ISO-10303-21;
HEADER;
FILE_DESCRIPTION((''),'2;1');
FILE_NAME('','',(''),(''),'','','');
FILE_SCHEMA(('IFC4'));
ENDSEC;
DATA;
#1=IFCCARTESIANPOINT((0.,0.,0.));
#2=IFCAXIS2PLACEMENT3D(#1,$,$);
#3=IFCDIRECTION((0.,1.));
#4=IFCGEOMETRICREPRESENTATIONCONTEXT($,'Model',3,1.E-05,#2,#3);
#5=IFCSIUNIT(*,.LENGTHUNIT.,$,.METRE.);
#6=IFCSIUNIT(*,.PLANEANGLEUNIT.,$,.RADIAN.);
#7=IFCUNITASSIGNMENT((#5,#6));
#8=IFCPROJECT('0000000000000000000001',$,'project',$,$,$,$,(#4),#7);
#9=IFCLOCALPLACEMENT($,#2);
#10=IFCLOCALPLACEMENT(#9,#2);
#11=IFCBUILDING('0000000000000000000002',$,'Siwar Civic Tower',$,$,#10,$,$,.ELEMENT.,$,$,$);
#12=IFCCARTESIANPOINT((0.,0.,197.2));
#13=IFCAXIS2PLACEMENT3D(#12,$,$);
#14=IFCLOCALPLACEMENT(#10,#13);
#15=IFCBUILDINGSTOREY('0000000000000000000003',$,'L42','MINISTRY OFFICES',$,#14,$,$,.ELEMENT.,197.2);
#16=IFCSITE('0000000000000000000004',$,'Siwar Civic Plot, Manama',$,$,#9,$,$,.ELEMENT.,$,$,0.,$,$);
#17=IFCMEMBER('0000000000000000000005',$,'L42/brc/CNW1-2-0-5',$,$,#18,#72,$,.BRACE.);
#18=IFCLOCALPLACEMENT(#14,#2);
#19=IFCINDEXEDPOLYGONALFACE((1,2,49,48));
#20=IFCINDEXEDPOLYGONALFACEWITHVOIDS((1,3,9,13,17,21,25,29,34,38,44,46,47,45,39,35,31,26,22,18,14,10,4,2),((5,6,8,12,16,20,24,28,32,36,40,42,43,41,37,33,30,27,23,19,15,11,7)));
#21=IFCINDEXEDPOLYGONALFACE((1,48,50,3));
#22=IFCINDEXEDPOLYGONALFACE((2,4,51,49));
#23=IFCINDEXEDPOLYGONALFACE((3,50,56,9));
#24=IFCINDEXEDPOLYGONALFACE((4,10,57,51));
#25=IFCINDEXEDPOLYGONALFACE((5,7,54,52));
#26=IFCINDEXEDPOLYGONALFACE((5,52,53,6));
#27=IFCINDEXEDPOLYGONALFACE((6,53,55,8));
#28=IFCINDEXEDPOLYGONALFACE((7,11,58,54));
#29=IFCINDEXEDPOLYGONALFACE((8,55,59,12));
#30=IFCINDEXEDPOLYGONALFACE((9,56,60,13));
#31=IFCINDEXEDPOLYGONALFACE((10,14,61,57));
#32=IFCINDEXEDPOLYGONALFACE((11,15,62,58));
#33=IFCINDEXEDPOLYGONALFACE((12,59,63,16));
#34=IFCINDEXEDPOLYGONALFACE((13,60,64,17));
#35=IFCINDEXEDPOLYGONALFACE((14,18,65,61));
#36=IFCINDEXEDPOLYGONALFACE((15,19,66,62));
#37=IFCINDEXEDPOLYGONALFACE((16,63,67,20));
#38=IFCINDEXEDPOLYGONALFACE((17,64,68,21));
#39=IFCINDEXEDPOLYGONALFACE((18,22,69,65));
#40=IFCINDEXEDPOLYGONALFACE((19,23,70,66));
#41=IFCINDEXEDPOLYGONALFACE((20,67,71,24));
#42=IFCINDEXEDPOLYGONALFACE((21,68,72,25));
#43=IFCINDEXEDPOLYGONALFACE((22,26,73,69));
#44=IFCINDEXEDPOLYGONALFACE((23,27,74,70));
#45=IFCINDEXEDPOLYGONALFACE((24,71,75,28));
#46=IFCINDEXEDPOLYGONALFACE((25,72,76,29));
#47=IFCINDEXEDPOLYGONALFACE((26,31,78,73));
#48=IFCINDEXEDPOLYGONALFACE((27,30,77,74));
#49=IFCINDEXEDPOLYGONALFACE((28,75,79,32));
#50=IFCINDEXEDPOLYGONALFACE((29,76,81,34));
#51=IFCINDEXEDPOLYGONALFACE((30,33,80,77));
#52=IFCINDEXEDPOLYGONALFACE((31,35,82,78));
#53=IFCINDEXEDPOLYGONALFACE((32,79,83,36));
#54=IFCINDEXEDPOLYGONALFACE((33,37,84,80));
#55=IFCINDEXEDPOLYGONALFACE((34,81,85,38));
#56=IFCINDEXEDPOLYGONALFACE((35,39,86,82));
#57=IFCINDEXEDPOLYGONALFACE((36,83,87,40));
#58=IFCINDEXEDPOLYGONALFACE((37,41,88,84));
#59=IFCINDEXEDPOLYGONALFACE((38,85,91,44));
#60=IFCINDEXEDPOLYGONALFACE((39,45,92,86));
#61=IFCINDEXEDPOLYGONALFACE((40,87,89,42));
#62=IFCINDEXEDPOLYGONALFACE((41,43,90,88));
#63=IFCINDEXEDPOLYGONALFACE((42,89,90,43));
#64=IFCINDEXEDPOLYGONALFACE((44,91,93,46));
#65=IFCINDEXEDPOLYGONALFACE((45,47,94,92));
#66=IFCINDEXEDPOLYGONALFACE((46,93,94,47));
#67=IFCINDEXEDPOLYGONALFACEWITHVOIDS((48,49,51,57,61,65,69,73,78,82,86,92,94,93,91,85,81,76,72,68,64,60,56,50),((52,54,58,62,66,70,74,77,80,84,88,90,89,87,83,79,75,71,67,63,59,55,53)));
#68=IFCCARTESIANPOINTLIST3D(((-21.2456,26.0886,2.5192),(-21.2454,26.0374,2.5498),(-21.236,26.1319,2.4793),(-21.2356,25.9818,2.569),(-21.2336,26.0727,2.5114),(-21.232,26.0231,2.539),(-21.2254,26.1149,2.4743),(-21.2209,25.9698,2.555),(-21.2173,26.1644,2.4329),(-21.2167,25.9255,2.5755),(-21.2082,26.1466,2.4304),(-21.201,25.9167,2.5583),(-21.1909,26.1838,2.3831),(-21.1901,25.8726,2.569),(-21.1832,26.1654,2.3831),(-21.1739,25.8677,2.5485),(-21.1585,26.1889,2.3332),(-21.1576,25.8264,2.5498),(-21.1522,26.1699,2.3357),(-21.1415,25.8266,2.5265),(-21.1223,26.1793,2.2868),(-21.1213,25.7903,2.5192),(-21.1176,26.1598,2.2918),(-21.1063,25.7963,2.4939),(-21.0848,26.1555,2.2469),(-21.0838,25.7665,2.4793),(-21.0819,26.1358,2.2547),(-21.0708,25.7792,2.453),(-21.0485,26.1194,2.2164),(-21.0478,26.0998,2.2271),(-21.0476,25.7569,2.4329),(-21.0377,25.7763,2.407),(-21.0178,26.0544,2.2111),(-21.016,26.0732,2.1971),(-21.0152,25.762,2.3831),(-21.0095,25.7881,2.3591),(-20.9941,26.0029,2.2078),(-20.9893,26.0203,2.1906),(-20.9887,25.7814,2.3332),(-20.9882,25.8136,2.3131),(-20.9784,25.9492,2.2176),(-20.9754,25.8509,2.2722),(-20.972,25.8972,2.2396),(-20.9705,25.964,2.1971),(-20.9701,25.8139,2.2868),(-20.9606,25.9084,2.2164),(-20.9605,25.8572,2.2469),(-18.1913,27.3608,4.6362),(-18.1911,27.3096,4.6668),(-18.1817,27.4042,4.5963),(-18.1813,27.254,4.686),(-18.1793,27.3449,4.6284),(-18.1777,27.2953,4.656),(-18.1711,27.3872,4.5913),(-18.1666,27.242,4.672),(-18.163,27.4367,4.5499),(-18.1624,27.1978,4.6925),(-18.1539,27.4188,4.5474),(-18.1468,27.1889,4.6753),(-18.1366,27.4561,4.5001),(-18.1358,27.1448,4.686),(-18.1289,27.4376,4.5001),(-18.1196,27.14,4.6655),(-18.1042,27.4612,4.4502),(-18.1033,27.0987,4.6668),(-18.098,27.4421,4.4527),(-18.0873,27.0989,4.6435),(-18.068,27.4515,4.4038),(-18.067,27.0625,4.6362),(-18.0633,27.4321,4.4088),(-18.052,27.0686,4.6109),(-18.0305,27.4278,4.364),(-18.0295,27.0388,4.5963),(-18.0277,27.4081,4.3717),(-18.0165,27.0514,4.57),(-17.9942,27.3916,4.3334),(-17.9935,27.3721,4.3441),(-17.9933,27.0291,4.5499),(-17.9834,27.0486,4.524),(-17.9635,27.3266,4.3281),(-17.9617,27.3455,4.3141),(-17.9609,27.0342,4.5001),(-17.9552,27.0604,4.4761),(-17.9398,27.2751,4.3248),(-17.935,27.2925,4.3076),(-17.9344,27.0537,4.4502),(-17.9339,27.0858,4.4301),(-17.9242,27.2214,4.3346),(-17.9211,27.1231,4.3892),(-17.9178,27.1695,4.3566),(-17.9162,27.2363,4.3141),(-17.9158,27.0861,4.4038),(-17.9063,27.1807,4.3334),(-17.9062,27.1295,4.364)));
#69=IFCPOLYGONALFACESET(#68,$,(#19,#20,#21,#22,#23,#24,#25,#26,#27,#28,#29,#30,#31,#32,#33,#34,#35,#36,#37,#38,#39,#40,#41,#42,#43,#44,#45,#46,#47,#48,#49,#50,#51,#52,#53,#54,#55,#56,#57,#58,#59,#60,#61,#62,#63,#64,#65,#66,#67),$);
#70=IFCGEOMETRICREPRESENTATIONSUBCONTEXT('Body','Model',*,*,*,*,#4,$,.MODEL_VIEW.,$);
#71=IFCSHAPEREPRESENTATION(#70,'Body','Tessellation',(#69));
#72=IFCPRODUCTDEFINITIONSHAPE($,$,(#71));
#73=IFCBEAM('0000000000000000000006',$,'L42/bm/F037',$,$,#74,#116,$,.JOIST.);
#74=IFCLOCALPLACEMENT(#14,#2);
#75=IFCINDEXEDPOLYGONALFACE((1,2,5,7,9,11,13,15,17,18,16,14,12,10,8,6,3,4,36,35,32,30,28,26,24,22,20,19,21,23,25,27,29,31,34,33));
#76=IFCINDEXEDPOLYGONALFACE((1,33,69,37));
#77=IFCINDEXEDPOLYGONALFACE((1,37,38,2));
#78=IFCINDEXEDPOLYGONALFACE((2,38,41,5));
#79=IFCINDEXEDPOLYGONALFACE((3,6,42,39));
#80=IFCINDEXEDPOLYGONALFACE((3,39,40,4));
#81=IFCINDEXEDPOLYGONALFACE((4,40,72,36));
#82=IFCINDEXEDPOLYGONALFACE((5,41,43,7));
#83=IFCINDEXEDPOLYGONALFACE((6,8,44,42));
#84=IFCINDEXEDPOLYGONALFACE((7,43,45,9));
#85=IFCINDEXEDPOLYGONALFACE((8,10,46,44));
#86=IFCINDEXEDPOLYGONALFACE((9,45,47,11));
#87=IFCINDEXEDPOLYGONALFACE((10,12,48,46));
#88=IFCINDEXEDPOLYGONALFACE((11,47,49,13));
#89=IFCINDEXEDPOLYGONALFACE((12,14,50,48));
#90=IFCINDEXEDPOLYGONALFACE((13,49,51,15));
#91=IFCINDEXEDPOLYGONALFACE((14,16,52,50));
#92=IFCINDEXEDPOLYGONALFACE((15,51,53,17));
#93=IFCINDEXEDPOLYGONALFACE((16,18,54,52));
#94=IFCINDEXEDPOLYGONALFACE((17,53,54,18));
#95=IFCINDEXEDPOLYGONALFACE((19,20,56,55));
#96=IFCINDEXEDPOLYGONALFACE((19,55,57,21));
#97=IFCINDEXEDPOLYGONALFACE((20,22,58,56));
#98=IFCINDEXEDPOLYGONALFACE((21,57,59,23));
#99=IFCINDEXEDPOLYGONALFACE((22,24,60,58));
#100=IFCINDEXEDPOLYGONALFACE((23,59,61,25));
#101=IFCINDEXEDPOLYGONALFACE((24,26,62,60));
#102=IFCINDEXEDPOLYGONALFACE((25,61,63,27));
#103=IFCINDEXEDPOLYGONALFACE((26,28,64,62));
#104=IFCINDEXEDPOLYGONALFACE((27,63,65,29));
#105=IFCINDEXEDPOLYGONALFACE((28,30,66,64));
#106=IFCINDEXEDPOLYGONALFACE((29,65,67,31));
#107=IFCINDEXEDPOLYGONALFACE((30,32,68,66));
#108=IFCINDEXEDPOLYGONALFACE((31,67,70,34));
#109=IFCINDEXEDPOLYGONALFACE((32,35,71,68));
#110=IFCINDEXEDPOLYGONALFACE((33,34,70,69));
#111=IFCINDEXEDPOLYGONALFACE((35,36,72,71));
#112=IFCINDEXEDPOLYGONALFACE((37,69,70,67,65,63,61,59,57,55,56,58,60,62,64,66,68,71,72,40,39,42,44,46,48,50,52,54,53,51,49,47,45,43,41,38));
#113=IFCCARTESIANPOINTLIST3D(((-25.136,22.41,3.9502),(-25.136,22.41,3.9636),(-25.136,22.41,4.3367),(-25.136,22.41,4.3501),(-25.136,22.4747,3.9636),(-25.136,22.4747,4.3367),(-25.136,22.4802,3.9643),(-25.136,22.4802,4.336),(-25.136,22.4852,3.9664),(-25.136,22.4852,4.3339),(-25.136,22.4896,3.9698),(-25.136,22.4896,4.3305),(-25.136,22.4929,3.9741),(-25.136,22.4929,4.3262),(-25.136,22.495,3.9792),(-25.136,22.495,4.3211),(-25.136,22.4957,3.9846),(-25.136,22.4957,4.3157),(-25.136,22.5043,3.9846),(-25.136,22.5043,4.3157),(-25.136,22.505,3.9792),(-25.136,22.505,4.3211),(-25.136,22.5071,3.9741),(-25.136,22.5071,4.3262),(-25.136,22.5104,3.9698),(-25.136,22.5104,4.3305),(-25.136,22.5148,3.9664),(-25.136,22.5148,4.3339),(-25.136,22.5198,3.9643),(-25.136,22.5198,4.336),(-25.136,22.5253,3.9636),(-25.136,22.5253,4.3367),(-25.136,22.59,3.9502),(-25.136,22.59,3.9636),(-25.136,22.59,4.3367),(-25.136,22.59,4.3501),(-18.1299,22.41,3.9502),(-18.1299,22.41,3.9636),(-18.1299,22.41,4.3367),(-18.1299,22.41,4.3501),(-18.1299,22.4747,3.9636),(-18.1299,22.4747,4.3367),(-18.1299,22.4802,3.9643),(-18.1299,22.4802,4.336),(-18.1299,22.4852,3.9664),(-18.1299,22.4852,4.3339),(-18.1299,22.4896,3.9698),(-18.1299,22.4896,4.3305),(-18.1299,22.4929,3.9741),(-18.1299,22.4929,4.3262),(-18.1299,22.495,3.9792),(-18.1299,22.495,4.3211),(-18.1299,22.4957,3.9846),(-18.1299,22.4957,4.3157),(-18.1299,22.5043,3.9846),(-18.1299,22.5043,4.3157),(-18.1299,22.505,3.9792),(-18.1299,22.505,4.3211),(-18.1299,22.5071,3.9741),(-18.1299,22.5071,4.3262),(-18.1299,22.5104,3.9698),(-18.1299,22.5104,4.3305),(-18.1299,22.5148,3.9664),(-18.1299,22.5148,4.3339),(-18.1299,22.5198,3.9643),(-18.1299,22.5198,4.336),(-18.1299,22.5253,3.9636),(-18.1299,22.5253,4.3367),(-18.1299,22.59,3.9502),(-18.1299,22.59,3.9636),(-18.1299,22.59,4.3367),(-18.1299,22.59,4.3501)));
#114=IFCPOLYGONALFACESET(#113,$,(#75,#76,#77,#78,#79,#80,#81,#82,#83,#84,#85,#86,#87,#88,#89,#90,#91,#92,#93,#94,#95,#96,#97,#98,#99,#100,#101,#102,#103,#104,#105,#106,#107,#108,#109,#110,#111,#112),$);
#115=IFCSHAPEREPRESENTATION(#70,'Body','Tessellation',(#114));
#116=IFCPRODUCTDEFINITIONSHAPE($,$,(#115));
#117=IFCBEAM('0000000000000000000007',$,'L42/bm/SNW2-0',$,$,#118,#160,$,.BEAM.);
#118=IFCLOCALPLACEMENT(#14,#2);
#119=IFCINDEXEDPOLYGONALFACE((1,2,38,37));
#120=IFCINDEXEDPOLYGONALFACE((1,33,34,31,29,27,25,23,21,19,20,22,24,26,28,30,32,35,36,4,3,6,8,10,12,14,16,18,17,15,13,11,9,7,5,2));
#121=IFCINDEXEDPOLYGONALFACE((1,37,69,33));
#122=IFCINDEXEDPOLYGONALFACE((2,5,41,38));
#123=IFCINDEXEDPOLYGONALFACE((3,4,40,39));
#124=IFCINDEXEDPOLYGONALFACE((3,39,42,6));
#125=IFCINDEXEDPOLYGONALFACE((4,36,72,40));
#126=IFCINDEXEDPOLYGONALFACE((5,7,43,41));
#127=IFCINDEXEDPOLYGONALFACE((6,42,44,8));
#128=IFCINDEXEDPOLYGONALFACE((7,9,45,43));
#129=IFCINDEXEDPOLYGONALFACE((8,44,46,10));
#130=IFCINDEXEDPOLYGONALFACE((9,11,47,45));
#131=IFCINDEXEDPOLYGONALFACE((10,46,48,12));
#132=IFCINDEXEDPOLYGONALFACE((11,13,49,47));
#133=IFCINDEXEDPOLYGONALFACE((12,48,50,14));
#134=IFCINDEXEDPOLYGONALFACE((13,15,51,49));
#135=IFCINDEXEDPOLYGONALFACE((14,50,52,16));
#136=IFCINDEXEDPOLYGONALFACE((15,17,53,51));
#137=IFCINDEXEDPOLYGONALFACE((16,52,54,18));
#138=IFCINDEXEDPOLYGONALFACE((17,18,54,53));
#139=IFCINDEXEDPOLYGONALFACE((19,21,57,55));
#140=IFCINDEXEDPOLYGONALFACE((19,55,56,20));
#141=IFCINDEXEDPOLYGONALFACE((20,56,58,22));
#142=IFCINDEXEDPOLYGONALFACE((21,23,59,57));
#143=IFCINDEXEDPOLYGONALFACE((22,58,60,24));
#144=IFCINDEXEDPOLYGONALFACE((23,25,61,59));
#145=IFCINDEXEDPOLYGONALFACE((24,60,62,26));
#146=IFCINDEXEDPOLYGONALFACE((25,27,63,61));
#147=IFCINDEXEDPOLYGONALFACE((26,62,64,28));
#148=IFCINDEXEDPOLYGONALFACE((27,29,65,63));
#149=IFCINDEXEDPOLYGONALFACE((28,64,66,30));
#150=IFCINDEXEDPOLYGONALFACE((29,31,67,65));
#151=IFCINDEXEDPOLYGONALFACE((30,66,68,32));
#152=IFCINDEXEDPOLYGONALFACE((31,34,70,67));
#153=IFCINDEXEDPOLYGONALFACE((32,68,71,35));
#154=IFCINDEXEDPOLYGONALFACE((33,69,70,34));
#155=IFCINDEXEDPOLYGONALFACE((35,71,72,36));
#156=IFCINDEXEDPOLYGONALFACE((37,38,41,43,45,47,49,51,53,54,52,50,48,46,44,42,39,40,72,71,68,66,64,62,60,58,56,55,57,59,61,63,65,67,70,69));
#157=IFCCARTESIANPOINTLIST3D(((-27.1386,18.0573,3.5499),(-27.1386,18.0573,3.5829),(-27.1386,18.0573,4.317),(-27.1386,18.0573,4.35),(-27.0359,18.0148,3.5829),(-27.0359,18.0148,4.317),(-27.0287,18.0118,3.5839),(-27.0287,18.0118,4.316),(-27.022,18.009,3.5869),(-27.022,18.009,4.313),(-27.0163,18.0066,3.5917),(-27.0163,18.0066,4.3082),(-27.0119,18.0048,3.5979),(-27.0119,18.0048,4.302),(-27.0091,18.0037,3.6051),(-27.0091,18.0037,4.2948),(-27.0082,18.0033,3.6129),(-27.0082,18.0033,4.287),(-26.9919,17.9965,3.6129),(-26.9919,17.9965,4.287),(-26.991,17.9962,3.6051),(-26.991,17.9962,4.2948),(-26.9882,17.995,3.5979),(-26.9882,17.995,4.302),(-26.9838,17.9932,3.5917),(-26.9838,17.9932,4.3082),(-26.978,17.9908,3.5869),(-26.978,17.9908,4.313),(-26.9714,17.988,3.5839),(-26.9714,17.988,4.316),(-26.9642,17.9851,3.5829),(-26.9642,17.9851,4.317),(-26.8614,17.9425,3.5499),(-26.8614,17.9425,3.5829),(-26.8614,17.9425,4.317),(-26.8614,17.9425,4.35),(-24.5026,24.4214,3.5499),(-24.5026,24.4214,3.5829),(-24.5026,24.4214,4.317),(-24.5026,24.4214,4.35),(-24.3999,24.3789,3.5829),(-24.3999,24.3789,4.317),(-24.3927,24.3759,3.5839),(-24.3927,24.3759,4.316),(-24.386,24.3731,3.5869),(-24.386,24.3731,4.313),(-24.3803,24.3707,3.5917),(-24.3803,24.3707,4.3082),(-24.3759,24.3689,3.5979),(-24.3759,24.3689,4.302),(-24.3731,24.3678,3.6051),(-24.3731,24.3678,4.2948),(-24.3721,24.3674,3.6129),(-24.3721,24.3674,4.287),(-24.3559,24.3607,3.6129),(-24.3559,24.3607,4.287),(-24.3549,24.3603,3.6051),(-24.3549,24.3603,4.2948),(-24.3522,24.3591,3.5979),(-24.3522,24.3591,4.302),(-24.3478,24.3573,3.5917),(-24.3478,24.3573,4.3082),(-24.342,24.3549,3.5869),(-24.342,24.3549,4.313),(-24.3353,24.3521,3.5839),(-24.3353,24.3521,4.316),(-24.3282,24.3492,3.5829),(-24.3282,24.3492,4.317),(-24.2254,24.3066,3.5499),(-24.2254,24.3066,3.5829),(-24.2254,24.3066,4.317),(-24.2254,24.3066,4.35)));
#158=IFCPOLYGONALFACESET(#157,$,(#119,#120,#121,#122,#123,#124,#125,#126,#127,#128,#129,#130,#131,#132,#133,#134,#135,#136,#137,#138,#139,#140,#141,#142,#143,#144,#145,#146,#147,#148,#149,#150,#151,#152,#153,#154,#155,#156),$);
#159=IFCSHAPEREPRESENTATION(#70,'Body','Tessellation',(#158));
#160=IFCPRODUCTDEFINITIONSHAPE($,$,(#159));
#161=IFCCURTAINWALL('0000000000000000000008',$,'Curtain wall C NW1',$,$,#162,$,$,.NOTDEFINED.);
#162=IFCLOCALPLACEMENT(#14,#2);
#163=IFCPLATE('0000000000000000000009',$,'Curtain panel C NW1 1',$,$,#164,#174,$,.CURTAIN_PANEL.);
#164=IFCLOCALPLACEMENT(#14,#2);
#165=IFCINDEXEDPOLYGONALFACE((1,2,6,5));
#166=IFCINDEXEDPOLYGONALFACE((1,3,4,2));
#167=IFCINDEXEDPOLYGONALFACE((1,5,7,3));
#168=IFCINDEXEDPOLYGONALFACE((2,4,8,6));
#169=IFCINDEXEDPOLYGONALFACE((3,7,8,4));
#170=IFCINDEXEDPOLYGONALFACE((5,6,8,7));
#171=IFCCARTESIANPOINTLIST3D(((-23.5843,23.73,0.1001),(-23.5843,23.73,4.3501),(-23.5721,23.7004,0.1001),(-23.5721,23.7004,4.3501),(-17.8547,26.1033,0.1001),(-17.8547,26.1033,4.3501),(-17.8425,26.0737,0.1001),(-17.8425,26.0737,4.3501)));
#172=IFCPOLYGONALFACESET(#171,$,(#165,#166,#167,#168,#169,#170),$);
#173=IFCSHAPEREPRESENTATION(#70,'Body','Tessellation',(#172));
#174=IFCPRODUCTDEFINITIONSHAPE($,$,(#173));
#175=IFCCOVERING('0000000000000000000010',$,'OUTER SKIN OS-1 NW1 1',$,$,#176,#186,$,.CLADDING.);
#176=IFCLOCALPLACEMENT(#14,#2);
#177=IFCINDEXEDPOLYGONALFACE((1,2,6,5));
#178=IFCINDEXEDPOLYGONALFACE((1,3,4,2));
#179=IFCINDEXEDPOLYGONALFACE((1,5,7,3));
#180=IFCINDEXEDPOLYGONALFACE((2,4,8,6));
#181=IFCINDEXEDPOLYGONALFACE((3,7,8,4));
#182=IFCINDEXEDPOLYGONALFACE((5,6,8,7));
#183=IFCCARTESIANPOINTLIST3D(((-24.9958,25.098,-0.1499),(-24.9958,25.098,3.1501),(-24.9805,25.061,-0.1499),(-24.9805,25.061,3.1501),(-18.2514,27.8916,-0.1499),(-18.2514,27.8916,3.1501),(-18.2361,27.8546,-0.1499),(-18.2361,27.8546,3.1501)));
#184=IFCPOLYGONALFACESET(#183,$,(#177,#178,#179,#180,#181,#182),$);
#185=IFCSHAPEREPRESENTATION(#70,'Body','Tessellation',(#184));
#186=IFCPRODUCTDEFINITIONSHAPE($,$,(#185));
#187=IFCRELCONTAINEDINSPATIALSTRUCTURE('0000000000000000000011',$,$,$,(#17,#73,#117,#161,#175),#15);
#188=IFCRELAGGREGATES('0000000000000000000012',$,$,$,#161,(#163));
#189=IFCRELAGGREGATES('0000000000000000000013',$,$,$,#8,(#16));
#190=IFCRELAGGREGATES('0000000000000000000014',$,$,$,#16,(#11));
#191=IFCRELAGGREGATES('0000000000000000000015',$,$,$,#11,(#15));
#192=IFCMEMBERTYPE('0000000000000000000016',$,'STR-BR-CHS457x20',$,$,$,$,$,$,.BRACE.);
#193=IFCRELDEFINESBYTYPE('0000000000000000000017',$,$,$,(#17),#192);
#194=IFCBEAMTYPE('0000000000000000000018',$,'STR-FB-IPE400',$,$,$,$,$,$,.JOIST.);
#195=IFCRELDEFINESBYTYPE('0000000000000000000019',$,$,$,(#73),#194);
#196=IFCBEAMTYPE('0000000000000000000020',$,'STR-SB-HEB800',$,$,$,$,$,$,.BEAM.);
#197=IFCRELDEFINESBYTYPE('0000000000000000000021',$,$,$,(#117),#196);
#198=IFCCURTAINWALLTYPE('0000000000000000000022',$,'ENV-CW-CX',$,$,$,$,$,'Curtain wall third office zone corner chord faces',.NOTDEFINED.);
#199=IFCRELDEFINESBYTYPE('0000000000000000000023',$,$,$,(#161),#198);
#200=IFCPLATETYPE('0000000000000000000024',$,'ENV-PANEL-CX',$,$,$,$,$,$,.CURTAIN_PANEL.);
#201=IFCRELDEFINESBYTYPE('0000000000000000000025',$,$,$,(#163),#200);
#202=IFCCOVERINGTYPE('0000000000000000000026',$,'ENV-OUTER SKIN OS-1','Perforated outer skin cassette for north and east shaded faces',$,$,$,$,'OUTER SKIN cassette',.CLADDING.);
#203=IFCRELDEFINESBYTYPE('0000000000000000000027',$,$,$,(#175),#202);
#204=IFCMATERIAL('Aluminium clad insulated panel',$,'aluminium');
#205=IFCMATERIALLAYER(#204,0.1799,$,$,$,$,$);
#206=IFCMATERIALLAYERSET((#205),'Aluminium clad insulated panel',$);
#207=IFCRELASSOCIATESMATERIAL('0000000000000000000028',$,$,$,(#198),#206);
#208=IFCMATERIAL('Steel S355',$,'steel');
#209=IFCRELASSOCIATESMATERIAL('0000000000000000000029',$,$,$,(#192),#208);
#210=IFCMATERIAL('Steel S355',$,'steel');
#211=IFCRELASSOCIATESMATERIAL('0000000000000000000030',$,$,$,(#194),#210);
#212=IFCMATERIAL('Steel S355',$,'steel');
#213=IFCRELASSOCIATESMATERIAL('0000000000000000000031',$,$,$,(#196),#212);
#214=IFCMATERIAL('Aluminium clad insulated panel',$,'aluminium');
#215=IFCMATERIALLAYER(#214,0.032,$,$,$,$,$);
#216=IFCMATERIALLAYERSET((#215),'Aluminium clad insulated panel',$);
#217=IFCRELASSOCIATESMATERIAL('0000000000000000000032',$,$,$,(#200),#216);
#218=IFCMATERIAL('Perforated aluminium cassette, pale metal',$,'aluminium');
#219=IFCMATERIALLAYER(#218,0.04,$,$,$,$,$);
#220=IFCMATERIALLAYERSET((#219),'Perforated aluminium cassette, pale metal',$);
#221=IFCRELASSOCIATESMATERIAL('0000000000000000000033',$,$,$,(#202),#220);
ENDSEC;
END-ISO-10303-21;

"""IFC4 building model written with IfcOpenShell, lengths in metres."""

from ifc_helpers import new_model, si_unit, direction, frame, origin, origin_2d, place, context, subcontext, project, spatial, rectangle, hollow_circle, i_section, extrude, material, layer, layer_set, material_profile, profile_set, type_object, element, aggregate, save


model = new_model("IFC4")

# Units and contexts
model_context = context("Model", 3, precision=1e-05, world=origin(), true_north=direction((0.0, 1.0)))
body_context = subcontext(model_context, "Body", "Model", "MODEL_VIEW")
ifc_project = project(units=[si_unit("LENGTHUNIT", "METRE"), si_unit("PLANEANGLEUNIT", "RADIAN")], contexts=[model_context])

# Site, building, storey
site_placement = place(None, origin())
site = spatial("IfcSite", under=ifc_project, at=site_placement, Name="Siwar Civic Plot, Manama", CompositionType="ELEMENT", RefElevation=0.0)
building_placement = place(site_placement, origin())
building = spatial("IfcBuilding", under=site, at=building_placement, Name="Siwar Civic Tower", CompositionType="ELEMENT")
storey_placement = place(building_placement, frame((0.0, 0.0, 197.2)))
storey = spatial("IfcBuildingStorey", under=building, at=storey_placement, Name="L42", Description="MINISTRY OFFICES", CompositionType="ELEMENT", Elevation=197.2)

# Shared definitions
ifc_material_1 = material(Name="Aluminium clad insulated panel", Category="aluminium")
ifc_layer_1 = layer(ifc_material_1, 0.1799)
ifc_layer_set_1 = layer_set([ifc_layer_1], Name="Aluminium clad insulated panel")
curtain_wall_type = type_object("IfcCurtainWallType", Name="ENV-CW-CX", ElementType="Curtain wall third office zone corner chord faces", PredefinedType="NOTDEFINED", material=ifc_layer_set_1)

# Member
ifc_material_2 = material(Name="Steel S355", Category="steel")
ifc_material_profile_1 = material_profile(ifc_material_2, hollow_circle(Radius=0.2285, WallThickness=0.02, at=origin_2d()), Name="CHS457x20")
ifc_profile_set_1 = profile_set([ifc_material_profile_1], Name="Steel S355")
member_type_1 = type_object("IfcMemberType", Name="STR-BR-CHS457x20", PredefinedType="BRACE", material=ifc_profile_set_1)
for number, where, z_axis, x_axis, name in (
    (1, (-21.103, 25.9729, 2.3831), (0.777572, 0.323895, 0.538955), (-0.384521, 0.923116, 0.0), "L42/brc/CNW1-2-0-5"),
):
    element("IfcMember", number, at=place(storey_placement, frame(where, z_axis=z_axis, x_axis=x_axis)), inside=storey, type_object=member_type_1, Name=name, PredefinedType="BRACE", context=body_context, shape_type="SweptSolid", body=[
        extrude(hollow_circle(Radius=0.2285, WallThickness=0.02, at=origin_2d()), origin(), (0.0, 0.0, 1.0), 3.928),
    ])

# Beams
ifc_material_3 = material(Name="Steel S355", Category="steel")
ifc_material_profile_2 = material_profile(ifc_material_3, i_section(OverallWidth=0.1799, OverallDepth=0.3999, WebThickness=0.0085, FlangeThickness=0.0134, FilletRadius=0.021, at=origin_2d()), Name="IPE400")
ifc_profile_set_2 = profile_set([ifc_material_profile_2], Name="Steel S355")
beam_type_1 = type_object("IfcBeamType", Name="STR-FB-IPE400", PredefinedType="JOIST", material=ifc_profile_set_2)
beam_1_placement = place(storey_placement, frame((-25.136, 22.5, 4.1501), z_axis=(1.0, 0.0, 0.0), x_axis=(0.0, 1.0, 0.0)))
element("IfcBeam", 2, at=beam_1_placement, inside=storey, type_object=beam_type_1, Name="L42/bm/F037", PredefinedType="JOIST", context=body_context, shape_type="SweptSolid", body=[
    extrude(i_section(OverallWidth=0.1799, OverallDepth=0.3999, WebThickness=0.0085, FlangeThickness=0.0134, FilletRadius=0.021, at=origin_2d()), origin(), (0.0, 0.0, 1.0), 7.0061),
])
ifc_material_4 = material(Name="Steel S355", Category="steel")
ifc_material_profile_3 = material_profile(ifc_material_4, i_section(OverallWidth=0.3, OverallDepth=0.8, WebThickness=0.0176, FlangeThickness=0.033, FilletRadius=0.03, at=origin_2d()), Name="HEB800")
ifc_profile_set_3 = profile_set([ifc_material_profile_3], Name="Steel S355")
beam_type_2 = type_object("IfcBeamType", Name="STR-SB-HEB800", PredefinedType="BEAM", material=ifc_profile_set_3)
beam_2_placement = place(storey_placement, frame((-24.364, 24.364, 3.95), z_axis=(-0.382674, -0.923883, 0.0), x_axis=(0.923883, -0.382674, 0.0)))
element("IfcBeam", 3, at=beam_2_placement, inside=storey, type_object=beam_type_2, Name="L42/bm/SNW2-0", PredefinedType="BEAM", context=body_context, shape_type="SweptSolid", body=[
    extrude(i_section(OverallWidth=0.3, OverallDepth=0.8, WebThickness=0.0176, FlangeThickness=0.033, FilletRadius=0.03, at=origin_2d()), origin(), (0.0, 0.0, 1.0), 6.8884),
])

# Curtain wall, plate
curtain_wall_1_placement = place(storey_placement, origin())
curtain_wall_1 = element("IfcCurtainWall", 4, at=curtain_wall_1_placement, inside=storey, type_object=curtain_wall_type, Name="Curtain wall C NW1", PredefinedType="NOTDEFINED")
ifc_material_5 = material(Name="Aluminium clad insulated panel", Category="aluminium")
ifc_layer_2 = layer(ifc_material_5, 0.032)
ifc_layer_set_2 = layer_set([ifc_layer_2], Name="Aluminium clad insulated panel")
plate_type = type_object("IfcPlateType", Name="ENV-PANEL-CX", PredefinedType="CURTAIN_PANEL", material=ifc_layer_set_2)
plate_placement = place(storey_placement, frame((-20.7134, 24.9019, 0.1001), z_axis=(0.0, 0.0, 1.0), x_axis=(-0.92388, -0.382683, 0.0)))
plate = element("IfcPlate", 5, at=plate_placement, type_object=plate_type, Name="Curtain panel C NW1 1", PredefinedType="CURTAIN_PANEL", context=body_context, shape_type="SweptSolid", body=[
    extrude(rectangle(XDim=6.2017, YDim=0.032, at=origin_2d()), origin(), (0.0, 0.0, 1.0), 4.25),
])
aggregate(curtain_wall_1, [plate])

# Covering
ifc_material_6 = material(Name="Perforated aluminium cassette, pale metal", Category="aluminium")
ifc_layer_3 = layer(ifc_material_6, 0.04)
ifc_layer_set_3 = layer_set([ifc_layer_3], Name="Perforated aluminium cassette, pale metal")
covering_type_1 = type_object("IfcCoveringType", Name="ENV-OUTER SKIN OS-1", Description="Perforated outer skin cassette for north and east shaded faces", ElementType="OUTER SKIN cassette", PredefinedType="CLADDING", material=ifc_layer_set_3)
covering_1_placement = place(storey_placement, frame((-21.616, 26.4763, -0.1499), z_axis=(0.0, 0.0, 1.0), x_axis=(-0.92388, -0.382683, 0.0)))
element("IfcCovering", 6, at=covering_1_placement, inside=storey, type_object=covering_type_1, Name="OUTER SKIN OS-1 NW1 1", PredefinedType="CLADDING", context=body_context, shape_type="SweptSolid", body=[
    extrude(rectangle(XDim=7.3, YDim=0.04, at=origin_2d()), origin(), (0.0, 0.0, 1.0), 3.3),
])

save(model, "model.ifc")
